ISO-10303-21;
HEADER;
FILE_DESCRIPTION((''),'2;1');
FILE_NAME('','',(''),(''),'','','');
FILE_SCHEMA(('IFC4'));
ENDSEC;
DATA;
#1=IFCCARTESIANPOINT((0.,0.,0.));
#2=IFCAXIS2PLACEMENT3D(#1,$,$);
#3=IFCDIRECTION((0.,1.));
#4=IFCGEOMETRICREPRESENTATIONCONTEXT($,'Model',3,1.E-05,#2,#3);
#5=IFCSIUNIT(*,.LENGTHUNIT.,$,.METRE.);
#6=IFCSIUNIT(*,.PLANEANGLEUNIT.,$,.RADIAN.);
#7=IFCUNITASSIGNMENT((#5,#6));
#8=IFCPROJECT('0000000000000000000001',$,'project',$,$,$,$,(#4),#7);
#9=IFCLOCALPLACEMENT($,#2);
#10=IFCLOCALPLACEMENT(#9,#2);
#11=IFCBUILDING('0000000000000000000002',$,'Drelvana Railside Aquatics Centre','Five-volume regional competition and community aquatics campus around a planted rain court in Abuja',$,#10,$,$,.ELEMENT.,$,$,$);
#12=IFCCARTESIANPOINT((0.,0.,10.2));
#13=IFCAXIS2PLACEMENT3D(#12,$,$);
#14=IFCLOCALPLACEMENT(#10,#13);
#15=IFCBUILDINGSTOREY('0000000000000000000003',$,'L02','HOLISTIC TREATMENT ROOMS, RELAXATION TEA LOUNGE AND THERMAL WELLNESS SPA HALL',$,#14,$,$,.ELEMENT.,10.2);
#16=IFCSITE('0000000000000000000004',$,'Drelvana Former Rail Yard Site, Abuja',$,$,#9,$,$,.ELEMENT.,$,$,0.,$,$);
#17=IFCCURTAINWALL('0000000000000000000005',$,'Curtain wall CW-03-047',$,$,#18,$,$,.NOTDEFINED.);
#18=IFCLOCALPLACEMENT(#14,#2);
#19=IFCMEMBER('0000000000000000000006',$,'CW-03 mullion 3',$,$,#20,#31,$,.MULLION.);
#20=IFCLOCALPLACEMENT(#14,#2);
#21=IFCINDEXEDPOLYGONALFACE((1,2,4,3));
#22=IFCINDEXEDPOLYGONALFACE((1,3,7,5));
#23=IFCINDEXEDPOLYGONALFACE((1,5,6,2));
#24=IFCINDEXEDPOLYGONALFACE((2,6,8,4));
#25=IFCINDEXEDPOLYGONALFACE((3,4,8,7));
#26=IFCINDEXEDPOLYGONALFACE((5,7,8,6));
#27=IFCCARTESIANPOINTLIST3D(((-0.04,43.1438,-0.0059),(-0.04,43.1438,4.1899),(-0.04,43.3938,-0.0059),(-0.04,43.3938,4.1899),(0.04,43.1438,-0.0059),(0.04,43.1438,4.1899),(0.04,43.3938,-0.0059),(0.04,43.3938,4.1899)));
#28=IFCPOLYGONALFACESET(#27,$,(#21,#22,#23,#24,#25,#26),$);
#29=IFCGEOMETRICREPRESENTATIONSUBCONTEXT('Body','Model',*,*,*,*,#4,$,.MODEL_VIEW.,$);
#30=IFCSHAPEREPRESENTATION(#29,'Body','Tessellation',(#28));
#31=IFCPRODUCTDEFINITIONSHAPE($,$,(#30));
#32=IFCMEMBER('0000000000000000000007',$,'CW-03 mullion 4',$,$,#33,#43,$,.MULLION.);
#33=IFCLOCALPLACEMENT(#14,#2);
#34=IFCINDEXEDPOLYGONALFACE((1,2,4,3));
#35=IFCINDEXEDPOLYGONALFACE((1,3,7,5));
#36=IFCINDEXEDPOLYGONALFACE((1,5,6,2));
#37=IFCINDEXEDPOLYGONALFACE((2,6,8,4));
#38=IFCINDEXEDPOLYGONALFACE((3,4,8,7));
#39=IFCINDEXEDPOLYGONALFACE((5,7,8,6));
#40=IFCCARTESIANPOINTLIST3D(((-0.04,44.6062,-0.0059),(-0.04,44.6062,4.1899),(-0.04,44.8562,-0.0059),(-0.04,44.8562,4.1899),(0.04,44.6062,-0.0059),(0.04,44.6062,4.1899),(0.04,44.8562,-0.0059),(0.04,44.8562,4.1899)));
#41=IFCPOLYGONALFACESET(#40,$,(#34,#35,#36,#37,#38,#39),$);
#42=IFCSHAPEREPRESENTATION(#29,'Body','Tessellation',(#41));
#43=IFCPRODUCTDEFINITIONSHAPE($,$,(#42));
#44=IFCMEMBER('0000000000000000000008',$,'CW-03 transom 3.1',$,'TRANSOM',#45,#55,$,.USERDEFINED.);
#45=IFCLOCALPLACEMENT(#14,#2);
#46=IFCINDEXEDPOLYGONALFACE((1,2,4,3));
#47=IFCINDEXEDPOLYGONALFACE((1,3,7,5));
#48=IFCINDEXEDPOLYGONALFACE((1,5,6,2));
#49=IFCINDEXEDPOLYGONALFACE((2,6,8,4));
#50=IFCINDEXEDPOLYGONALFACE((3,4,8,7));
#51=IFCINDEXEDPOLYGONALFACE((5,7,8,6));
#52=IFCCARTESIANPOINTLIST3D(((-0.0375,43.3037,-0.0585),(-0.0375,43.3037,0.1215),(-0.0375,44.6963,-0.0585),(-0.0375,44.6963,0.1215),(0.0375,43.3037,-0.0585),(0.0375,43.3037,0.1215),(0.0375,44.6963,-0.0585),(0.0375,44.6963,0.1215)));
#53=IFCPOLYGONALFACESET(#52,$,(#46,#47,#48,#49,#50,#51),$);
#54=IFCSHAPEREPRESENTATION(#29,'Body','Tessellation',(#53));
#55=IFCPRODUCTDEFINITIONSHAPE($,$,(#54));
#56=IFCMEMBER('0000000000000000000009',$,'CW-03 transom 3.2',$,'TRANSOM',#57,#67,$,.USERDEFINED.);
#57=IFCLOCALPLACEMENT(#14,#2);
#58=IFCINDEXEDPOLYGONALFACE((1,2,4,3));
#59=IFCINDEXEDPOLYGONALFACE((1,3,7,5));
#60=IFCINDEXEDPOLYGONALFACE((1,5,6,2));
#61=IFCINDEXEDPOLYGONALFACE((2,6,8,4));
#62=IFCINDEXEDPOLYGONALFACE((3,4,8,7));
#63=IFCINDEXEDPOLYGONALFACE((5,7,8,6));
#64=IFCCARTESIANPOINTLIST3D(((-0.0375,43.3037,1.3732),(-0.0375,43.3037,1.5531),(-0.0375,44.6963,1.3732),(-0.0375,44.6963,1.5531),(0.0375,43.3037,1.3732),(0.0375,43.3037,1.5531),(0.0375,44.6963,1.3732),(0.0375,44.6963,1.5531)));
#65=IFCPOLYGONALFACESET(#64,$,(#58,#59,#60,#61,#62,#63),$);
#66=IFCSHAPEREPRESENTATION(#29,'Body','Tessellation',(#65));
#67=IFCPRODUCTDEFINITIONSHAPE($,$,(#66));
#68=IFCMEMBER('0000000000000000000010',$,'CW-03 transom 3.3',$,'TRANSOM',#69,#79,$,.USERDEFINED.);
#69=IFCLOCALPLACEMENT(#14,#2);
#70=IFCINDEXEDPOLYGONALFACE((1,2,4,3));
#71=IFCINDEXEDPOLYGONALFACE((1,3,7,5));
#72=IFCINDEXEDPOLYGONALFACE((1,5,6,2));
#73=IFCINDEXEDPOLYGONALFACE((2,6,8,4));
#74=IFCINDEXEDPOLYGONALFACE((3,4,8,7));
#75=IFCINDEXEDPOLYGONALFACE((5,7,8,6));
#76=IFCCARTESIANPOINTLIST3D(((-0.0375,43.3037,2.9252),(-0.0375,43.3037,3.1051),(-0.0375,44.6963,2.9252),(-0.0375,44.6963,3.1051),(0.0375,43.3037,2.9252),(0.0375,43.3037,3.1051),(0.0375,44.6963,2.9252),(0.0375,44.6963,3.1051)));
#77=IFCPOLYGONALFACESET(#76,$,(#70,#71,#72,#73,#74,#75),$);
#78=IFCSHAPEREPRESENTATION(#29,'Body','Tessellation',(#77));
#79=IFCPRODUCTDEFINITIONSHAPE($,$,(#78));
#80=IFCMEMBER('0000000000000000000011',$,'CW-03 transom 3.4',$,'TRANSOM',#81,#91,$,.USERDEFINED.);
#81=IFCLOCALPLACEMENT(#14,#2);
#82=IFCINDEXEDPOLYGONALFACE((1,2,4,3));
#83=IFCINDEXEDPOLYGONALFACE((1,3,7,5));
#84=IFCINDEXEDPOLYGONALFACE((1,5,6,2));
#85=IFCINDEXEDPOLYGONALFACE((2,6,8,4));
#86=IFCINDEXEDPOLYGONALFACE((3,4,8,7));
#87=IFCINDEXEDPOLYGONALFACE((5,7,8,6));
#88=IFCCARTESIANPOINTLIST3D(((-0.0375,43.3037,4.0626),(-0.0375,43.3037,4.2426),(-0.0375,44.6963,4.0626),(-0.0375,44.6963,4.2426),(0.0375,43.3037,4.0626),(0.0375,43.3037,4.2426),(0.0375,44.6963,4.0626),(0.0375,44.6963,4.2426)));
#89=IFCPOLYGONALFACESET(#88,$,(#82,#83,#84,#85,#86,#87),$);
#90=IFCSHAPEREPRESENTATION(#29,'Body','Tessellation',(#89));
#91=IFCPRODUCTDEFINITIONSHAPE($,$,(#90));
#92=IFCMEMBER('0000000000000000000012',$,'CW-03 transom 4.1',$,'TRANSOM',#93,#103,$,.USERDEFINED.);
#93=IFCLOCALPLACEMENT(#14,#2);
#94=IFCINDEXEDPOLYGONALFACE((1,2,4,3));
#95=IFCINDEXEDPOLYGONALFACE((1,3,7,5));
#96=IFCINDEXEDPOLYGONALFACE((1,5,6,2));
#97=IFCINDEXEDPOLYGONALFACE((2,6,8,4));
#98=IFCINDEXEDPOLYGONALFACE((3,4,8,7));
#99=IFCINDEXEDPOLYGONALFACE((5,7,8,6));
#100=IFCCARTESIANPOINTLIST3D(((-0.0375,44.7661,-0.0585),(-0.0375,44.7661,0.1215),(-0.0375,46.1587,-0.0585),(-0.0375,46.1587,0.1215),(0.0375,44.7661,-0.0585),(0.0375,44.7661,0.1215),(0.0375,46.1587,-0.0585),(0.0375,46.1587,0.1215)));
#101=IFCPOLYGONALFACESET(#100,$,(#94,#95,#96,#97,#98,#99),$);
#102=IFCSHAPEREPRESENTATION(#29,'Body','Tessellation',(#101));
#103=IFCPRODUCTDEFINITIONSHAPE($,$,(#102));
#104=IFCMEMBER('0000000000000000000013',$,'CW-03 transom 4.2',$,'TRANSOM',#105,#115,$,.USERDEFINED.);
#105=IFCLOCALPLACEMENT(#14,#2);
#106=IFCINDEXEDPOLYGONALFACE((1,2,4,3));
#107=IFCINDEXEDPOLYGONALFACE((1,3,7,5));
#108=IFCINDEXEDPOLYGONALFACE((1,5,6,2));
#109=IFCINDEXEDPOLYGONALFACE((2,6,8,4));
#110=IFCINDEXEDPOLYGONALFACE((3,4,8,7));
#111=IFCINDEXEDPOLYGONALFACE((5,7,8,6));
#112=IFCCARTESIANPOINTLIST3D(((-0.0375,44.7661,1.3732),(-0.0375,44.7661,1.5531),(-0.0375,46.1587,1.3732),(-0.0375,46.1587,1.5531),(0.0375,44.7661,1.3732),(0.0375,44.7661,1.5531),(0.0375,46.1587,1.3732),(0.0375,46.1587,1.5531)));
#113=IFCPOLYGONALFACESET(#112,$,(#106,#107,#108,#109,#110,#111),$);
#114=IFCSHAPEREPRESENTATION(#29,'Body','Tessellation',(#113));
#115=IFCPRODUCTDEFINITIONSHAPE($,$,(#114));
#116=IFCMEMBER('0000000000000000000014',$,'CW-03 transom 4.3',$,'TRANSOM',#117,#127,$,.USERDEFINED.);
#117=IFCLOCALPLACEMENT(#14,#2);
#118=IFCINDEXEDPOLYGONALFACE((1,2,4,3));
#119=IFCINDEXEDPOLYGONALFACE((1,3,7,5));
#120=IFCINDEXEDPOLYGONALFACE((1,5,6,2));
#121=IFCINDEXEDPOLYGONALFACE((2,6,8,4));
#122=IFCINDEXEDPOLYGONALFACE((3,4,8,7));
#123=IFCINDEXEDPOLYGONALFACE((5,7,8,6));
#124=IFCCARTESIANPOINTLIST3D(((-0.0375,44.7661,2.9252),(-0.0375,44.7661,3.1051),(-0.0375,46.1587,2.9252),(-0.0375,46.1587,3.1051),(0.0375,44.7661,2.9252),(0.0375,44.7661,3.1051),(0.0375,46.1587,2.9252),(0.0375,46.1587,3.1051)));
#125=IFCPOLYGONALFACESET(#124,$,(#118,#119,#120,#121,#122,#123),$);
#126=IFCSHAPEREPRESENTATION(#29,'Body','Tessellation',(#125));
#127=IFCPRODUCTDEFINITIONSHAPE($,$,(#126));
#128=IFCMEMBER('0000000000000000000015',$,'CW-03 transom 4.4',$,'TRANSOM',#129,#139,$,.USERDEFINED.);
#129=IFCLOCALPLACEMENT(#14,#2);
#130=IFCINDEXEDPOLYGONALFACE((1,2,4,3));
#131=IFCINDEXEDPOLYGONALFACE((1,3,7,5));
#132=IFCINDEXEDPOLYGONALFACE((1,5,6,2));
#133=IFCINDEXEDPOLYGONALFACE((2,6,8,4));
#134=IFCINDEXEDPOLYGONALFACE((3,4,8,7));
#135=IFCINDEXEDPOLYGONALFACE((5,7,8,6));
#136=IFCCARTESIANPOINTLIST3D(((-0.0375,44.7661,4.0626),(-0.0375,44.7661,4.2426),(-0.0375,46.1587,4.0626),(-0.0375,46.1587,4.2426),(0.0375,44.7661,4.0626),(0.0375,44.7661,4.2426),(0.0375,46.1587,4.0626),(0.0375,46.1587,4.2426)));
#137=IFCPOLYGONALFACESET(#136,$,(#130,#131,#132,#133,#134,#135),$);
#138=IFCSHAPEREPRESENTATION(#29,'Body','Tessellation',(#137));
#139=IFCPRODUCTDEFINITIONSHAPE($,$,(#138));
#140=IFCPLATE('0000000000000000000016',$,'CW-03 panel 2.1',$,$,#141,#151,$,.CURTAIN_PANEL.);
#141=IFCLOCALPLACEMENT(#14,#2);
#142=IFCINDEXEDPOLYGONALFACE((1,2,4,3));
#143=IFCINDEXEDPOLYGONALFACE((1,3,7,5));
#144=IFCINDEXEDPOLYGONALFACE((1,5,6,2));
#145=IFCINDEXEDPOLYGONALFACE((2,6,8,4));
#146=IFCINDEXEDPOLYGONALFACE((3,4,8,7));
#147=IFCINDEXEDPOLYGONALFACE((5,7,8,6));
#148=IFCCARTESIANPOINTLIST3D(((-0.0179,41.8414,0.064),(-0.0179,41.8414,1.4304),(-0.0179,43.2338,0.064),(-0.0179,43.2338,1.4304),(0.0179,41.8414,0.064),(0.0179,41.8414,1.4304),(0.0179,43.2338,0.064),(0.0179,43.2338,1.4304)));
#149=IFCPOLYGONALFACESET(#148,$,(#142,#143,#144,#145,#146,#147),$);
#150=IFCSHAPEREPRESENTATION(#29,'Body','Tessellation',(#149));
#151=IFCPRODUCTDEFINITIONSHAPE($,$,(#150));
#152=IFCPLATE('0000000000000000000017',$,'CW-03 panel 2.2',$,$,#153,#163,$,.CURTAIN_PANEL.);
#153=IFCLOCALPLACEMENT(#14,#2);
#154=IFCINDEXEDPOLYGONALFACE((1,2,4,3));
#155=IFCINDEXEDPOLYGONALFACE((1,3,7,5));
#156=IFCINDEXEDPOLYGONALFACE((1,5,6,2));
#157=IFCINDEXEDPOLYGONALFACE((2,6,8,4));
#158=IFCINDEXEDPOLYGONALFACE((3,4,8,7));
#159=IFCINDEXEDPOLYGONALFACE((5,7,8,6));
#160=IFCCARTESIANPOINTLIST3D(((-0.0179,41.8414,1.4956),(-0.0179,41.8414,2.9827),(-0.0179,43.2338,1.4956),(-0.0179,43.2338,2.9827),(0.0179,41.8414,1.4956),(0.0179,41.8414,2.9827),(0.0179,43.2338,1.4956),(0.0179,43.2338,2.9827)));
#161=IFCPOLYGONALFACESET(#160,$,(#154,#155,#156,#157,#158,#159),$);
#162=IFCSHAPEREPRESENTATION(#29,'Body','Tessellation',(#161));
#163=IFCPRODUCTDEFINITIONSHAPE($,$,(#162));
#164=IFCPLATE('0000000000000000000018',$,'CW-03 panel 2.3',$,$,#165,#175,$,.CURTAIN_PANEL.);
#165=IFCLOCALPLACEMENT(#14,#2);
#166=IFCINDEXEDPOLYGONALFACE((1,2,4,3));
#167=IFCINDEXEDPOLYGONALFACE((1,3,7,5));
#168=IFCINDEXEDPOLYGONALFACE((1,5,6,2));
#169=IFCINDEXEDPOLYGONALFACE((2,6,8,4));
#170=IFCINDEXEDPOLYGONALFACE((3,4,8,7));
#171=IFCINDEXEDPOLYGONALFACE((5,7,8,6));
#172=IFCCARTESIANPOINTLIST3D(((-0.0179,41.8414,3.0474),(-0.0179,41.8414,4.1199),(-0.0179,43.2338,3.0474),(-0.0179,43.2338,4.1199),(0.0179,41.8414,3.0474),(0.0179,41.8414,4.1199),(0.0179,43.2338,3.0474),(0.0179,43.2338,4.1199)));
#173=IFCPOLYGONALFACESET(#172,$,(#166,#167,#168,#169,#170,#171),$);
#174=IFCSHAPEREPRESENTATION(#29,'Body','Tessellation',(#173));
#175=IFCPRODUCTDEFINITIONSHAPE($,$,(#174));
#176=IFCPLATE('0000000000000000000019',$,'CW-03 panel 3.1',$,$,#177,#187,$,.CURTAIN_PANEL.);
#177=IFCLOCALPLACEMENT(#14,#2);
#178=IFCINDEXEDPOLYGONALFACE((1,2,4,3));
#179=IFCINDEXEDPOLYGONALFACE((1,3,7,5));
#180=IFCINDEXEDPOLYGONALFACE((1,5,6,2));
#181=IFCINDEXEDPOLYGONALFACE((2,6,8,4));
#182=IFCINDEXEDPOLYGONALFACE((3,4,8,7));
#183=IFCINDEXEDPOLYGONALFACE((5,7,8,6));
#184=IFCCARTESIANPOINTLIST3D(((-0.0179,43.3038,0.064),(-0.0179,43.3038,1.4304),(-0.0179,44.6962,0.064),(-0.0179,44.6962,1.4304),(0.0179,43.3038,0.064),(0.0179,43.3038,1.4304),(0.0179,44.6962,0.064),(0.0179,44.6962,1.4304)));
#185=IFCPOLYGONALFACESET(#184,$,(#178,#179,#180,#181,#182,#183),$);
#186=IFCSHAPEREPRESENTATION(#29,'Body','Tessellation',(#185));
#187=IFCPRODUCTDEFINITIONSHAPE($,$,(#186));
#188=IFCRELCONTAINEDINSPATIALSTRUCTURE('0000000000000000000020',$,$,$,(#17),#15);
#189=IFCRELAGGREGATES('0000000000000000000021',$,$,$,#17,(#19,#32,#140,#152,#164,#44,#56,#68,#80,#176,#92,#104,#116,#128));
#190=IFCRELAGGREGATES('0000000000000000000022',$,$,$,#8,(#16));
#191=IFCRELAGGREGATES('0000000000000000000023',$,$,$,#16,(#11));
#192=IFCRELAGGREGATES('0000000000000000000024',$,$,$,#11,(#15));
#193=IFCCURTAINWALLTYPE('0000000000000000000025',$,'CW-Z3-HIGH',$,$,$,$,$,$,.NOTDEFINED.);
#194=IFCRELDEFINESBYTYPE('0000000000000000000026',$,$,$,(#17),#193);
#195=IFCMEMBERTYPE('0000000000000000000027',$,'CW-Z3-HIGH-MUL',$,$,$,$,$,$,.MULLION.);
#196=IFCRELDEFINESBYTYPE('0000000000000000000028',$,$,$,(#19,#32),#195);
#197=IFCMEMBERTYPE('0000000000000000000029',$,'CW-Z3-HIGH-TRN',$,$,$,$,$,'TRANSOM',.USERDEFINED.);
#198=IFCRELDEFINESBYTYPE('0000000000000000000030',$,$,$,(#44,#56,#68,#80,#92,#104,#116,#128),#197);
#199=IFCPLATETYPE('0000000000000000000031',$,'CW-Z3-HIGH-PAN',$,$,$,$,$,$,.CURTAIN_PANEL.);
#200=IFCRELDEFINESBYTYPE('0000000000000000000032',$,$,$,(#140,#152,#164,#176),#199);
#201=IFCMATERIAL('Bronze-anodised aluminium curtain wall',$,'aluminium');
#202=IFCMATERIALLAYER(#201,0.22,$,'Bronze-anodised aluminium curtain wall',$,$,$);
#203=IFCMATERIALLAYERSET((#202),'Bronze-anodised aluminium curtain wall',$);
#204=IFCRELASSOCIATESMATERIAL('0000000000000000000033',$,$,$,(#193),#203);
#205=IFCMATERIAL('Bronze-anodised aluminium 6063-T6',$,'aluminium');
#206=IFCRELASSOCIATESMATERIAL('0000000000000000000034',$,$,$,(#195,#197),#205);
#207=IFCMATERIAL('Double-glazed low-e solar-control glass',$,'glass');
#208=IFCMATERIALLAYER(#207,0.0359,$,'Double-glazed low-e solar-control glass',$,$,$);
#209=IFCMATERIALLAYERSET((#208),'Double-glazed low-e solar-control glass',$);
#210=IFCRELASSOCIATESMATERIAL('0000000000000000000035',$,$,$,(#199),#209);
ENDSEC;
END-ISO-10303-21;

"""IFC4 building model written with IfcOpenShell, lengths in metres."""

from ifc_helpers import new_model, si_unit, direction, frame, origin, origin_2d, place, context, subcontext, project, spatial, rectangle, extrude, material, layer, layer_set, material_profile, profile_set, type_object, element, aggregate, save


model = new_model("IFC4")

# Units and contexts
model_context = context("Model", 3, precision=1e-05, world=origin(), true_north=direction((0.0, 1.0)))
body_context = subcontext(model_context, "Body", "Model", "MODEL_VIEW")
ifc_project = project(units=[si_unit("LENGTHUNIT", "METRE"), si_unit("PLANEANGLEUNIT", "RADIAN")], contexts=[model_context])

# Site, building, storey
site_placement = place(None, origin())
site = spatial("IfcSite", under=ifc_project, at=site_placement, Name="Drelvana Former Rail Yard Site, Abuja", CompositionType="ELEMENT", RefElevation=0.0)
building_placement = place(site_placement, origin())
building = spatial("IfcBuilding", under=site, at=building_placement, Name="Drelvana Railside Aquatics Centre", Description="Five-volume regional competition and community aquatics campus around a planted rain court in Abuja", CompositionType="ELEMENT")
storey_placement = place(building_placement, frame((0.0, 0.0, 10.2)))
storey = spatial("IfcBuildingStorey", under=building, at=storey_placement, Name="L02", Description="HOLISTIC TREATMENT ROOMS, RELAXATION TEA LOUNGE AND THERMAL WELLNESS SPA HALL", CompositionType="ELEMENT", Elevation=10.2)

# Curtain wall, members, plates
ifc_material_1 = material(Name="Bronze-anodised aluminium curtain wall", Category="aluminium")
ifc_layer_1 = layer(ifc_material_1, 0.22, Name="Bronze-anodised aluminium curtain wall")
ifc_layer_set_1 = layer_set([ifc_layer_1], Name="Bronze-anodised aluminium curtain wall")
curtain_wall_type = type_object("IfcCurtainWallType", Name="CW-Z3-HIGH", PredefinedType="NOTDEFINED", material=ifc_layer_set_1)
curtain_wall_placement = place(storey_placement, origin())
curtain_wall = element("IfcCurtainWall", 1, at=curtain_wall_placement, inside=storey, type_object=curtain_wall_type, Name="Curtain wall CW-03-047", PredefinedType="NOTDEFINED")
ifc_material_2 = material(Name="Bronze-anodised aluminium 6063-T6", Category="aluminium")
ifc_material_profile_1 = material_profile(ifc_material_2, rectangle(XDim=0.0801, YDim=0.25, at=origin_2d()), Name="ALU-M 80x250")
ifc_profile_set_1 = profile_set([ifc_material_profile_1], Name="Bronze-anodised aluminium 6063-T6")
member_type_1 = type_object("IfcMemberType", Name="CW-Z3-HIGH-MUL", PredefinedType="MULLION", material=ifc_profile_set_1)
member_1_placement = place(storey_placement, frame((0.0, 43.2688, -0.0059), z_axis=(0.0, 0.0, 1.0), x_axis=(-1.0, 0.0, 0.0)))
member_1 = element("IfcMember", 2, at=member_1_placement, type_object=member_type_1, Name="CW-03 mullion 3", PredefinedType="MULLION", context=body_context, shape_type="SweptSolid", body=[
    extrude(rectangle(XDim=0.0801, YDim=0.25, at=origin_2d()), origin(), (0.0, 0.0, 1.0), 4.1958),
])
member_2_placement = place(storey_placement, frame((0.0, 44.7312, -0.0059), z_axis=(0.0, 0.0, 1.0), x_axis=(-1.0, 0.0, 0.0)))
member_2 = element("IfcMember", 3, at=member_2_placement, type_object=member_type_1, Name="CW-03 mullion 4", PredefinedType="MULLION", context=body_context, shape_type="SweptSolid", body=[
    extrude(rectangle(XDim=0.0801, YDim=0.25, at=origin_2d()), origin(), (0.0, 0.0, 1.0), 4.1958),
])
ifc_material_profile_2 = material_profile(ifc_material_2, rectangle(XDim=0.1799, YDim=0.075, at=origin_2d()), Name="ALU-T 75x180")
ifc_profile_set_2 = profile_set([ifc_material_profile_2], Name="Bronze-anodised aluminium 6063-T6")
member_type_2 = type_object("IfcMemberType", Name="CW-Z3-HIGH-TRN", ElementType="TRANSOM", PredefinedType="USERDEFINED", material=ifc_profile_set_2)
member_3_placement = place(storey_placement, frame((0.0, 43.3037, 0.0315), z_axis=(0.0, 1.0, 0.0), x_axis=(0.0, 0.0, 1.0)))
member_3 = element("IfcMember", 4, at=member_3_placement, type_object=member_type_2, Name="CW-03 transom 3.1", ObjectType="TRANSOM", PredefinedType="USERDEFINED", context=body_context, shape_type="SweptSolid", body=[
    extrude(rectangle(XDim=0.1799, YDim=0.075, at=origin_2d()), origin(), (0.0, 0.0, 1.0), 1.3926),
])
member_4_placement = place(storey_placement, frame((0.0, 43.3037, 1.4631), z_axis=(0.0, 1.0, 0.0), x_axis=(0.0, 0.0, 1.0)))
member_4 = element("IfcMember", 5, at=member_4_placement, type_object=member_type_2, Name="CW-03 transom 3.2", ObjectType="TRANSOM", PredefinedType="USERDEFINED", context=body_context, shape_type="SweptSolid", body=[
    extrude(rectangle(XDim=0.1799, YDim=0.075, at=origin_2d()), origin(), (0.0, 0.0, 1.0), 1.3926),
])
member_5_placement = place(storey_placement, frame((0.0, 43.3037, 3.0151), z_axis=(0.0, 1.0, 0.0), x_axis=(0.0, 0.0, 1.0)))
member_5 = element("IfcMember", 6, at=member_5_placement, type_object=member_type_2, Name="CW-03 transom 3.3", ObjectType="TRANSOM", PredefinedType="USERDEFINED", context=body_context, shape_type="SweptSolid", body=[
    extrude(rectangle(XDim=0.1799, YDim=0.075, at=origin_2d()), origin(), (0.0, 0.0, 1.0), 1.3926),
])
member_6_placement = place(storey_placement, frame((0.0, 43.3037, 4.1526), z_axis=(0.0, 1.0, 0.0), x_axis=(0.0, 0.0, 1.0)))
member_6 = element("IfcMember", 7, at=member_6_placement, type_object=member_type_2, Name="CW-03 transom 3.4", ObjectType="TRANSOM", PredefinedType="USERDEFINED", context=body_context, shape_type="SweptSolid", body=[
    extrude(rectangle(XDim=0.1799, YDim=0.075, at=origin_2d()), origin(), (0.0, 0.0, 1.0), 1.3926),
])
member_7_placement = place(storey_placement, frame((0.0, 44.7661, 0.0315), z_axis=(0.0, 1.0, 0.0), x_axis=(0.0, 0.0, 1.0)))
member_7 = element("IfcMember", 8, at=member_7_placement, type_object=member_type_2, Name="CW-03 transom 4.1", ObjectType="TRANSOM", PredefinedType="USERDEFINED", context=body_context, shape_type="SweptSolid", body=[
    extrude(rectangle(XDim=0.1799, YDim=0.075, at=origin_2d()), origin(), (0.0, 0.0, 1.0), 1.3926),
])
member_8_placement = place(storey_placement, frame((0.0, 44.7661, 1.4631), z_axis=(0.0, 1.0, 0.0), x_axis=(0.0, 0.0, 1.0)))
member_8 = element("IfcMember", 9, at=member_8_placement, type_object=member_type_2, Name="CW-03 transom 4.2", ObjectType="TRANSOM", PredefinedType="USERDEFINED", context=body_context, shape_type="SweptSolid", body=[
    extrude(rectangle(XDim=0.1799, YDim=0.075, at=origin_2d()), origin(), (0.0, 0.0, 1.0), 1.3926),
])
member_9_placement = place(storey_placement, frame((0.0, 44.7661, 3.0151), z_axis=(0.0, 1.0, 0.0), x_axis=(0.0, 0.0, 1.0)))
member_9 = element("IfcMember", 10, at=member_9_placement, type_object=member_type_2, Name="CW-03 transom 4.3", ObjectType="TRANSOM", PredefinedType="USERDEFINED", context=body_context, shape_type="SweptSolid", body=[
    extrude(rectangle(XDim=0.1799, YDim=0.075, at=origin_2d()), origin(), (0.0, 0.0, 1.0), 1.3926),
])
member_10_placement = place(storey_placement, frame((0.0, 44.7661, 4.1526), z_axis=(0.0, 1.0, 0.0), x_axis=(0.0, 0.0, 1.0)))
member_10 = element("IfcMember", 11, at=member_10_placement, type_object=member_type_2, Name="CW-03 transom 4.4", ObjectType="TRANSOM", PredefinedType="USERDEFINED", context=body_context, shape_type="SweptSolid", body=[
    extrude(rectangle(XDim=0.1799, YDim=0.075, at=origin_2d()), origin(), (0.0, 0.0, 1.0), 1.3926),
])
ifc_material_3 = material(Name="Double-glazed low-e solar-control glass", Category="glass")
ifc_layer_2 = layer(ifc_material_3, 0.0359, Name="Double-glazed low-e solar-control glass")
ifc_layer_set_2 = layer_set([ifc_layer_2], Name="Double-glazed low-e solar-control glass")
plate_type = type_object("IfcPlateType", Name="CW-Z3-HIGH-PAN", PredefinedType="CURTAIN_PANEL", material=ifc_layer_set_2)
plate_1_placement = place(storey_placement, frame((0.0, 42.5376, 0.064), z_axis=(0.0, 0.0, 1.0), x_axis=(0.0, 1.0, 0.0)))
plate_1 = element("IfcPlate", 12, at=plate_1_placement, type_object=plate_type, Name="CW-03 panel 2.1", PredefinedType="CURTAIN_PANEL", context=body_context, shape_type="SweptSolid", body=[
    extrude(rectangle(XDim=1.3923, YDim=0.0359, at=origin_2d()), origin(), (0.0, 0.0, 1.0), 1.3665),
])
plate_2_placement = place(storey_placement, frame((0.0, 42.5376, 1.4956), z_axis=(0.0, 0.0, 1.0), x_axis=(0.0, 1.0, 0.0)))
plate_2 = element("IfcPlate", 13, at=plate_2_placement, type_object=plate_type, Name="CW-03 panel 2.2", PredefinedType="CURTAIN_PANEL", context=body_context, shape_type="SweptSolid", body=[
    extrude(rectangle(XDim=1.3923, YDim=0.0359, at=origin_2d()), origin(), (0.0, 0.0, 1.0), 1.4871),
])
plate_3_placement = place(storey_placement, frame((0.0, 42.5376, 3.0474), z_axis=(0.0, 0.0, 1.0), x_axis=(0.0, 1.0, 0.0)))
plate_3 = element("IfcPlate", 14, at=plate_3_placement, type_object=plate_type, Name="CW-03 panel 2.3", PredefinedType="CURTAIN_PANEL", context=body_context, shape_type="SweptSolid", body=[
    extrude(rectangle(XDim=1.3923, YDim=0.0359, at=origin_2d()), origin(), (0.0, 0.0, 1.0), 1.0725),
])
plate_4_placement = place(storey_placement, frame((0.0, 44.0, 0.064), z_axis=(0.0, 0.0, 1.0), x_axis=(0.0, 1.0, 0.0)))
plate_4 = element("IfcPlate", 15, at=plate_4_placement, type_object=plate_type, Name="CW-03 panel 3.1", PredefinedType="CURTAIN_PANEL", context=body_context, shape_type="SweptSolid", body=[
    extrude(rectangle(XDim=1.3923, YDim=0.0359, at=origin_2d()), origin(), (0.0, 0.0, 1.0), 1.3665),
])
aggregate(curtain_wall, [member_1, member_2, plate_1, plate_2, plate_3, member_3, member_4, member_5, member_6, plate_4, member_7, member_8, member_9, member_10])

save(model, "model.ifc")
